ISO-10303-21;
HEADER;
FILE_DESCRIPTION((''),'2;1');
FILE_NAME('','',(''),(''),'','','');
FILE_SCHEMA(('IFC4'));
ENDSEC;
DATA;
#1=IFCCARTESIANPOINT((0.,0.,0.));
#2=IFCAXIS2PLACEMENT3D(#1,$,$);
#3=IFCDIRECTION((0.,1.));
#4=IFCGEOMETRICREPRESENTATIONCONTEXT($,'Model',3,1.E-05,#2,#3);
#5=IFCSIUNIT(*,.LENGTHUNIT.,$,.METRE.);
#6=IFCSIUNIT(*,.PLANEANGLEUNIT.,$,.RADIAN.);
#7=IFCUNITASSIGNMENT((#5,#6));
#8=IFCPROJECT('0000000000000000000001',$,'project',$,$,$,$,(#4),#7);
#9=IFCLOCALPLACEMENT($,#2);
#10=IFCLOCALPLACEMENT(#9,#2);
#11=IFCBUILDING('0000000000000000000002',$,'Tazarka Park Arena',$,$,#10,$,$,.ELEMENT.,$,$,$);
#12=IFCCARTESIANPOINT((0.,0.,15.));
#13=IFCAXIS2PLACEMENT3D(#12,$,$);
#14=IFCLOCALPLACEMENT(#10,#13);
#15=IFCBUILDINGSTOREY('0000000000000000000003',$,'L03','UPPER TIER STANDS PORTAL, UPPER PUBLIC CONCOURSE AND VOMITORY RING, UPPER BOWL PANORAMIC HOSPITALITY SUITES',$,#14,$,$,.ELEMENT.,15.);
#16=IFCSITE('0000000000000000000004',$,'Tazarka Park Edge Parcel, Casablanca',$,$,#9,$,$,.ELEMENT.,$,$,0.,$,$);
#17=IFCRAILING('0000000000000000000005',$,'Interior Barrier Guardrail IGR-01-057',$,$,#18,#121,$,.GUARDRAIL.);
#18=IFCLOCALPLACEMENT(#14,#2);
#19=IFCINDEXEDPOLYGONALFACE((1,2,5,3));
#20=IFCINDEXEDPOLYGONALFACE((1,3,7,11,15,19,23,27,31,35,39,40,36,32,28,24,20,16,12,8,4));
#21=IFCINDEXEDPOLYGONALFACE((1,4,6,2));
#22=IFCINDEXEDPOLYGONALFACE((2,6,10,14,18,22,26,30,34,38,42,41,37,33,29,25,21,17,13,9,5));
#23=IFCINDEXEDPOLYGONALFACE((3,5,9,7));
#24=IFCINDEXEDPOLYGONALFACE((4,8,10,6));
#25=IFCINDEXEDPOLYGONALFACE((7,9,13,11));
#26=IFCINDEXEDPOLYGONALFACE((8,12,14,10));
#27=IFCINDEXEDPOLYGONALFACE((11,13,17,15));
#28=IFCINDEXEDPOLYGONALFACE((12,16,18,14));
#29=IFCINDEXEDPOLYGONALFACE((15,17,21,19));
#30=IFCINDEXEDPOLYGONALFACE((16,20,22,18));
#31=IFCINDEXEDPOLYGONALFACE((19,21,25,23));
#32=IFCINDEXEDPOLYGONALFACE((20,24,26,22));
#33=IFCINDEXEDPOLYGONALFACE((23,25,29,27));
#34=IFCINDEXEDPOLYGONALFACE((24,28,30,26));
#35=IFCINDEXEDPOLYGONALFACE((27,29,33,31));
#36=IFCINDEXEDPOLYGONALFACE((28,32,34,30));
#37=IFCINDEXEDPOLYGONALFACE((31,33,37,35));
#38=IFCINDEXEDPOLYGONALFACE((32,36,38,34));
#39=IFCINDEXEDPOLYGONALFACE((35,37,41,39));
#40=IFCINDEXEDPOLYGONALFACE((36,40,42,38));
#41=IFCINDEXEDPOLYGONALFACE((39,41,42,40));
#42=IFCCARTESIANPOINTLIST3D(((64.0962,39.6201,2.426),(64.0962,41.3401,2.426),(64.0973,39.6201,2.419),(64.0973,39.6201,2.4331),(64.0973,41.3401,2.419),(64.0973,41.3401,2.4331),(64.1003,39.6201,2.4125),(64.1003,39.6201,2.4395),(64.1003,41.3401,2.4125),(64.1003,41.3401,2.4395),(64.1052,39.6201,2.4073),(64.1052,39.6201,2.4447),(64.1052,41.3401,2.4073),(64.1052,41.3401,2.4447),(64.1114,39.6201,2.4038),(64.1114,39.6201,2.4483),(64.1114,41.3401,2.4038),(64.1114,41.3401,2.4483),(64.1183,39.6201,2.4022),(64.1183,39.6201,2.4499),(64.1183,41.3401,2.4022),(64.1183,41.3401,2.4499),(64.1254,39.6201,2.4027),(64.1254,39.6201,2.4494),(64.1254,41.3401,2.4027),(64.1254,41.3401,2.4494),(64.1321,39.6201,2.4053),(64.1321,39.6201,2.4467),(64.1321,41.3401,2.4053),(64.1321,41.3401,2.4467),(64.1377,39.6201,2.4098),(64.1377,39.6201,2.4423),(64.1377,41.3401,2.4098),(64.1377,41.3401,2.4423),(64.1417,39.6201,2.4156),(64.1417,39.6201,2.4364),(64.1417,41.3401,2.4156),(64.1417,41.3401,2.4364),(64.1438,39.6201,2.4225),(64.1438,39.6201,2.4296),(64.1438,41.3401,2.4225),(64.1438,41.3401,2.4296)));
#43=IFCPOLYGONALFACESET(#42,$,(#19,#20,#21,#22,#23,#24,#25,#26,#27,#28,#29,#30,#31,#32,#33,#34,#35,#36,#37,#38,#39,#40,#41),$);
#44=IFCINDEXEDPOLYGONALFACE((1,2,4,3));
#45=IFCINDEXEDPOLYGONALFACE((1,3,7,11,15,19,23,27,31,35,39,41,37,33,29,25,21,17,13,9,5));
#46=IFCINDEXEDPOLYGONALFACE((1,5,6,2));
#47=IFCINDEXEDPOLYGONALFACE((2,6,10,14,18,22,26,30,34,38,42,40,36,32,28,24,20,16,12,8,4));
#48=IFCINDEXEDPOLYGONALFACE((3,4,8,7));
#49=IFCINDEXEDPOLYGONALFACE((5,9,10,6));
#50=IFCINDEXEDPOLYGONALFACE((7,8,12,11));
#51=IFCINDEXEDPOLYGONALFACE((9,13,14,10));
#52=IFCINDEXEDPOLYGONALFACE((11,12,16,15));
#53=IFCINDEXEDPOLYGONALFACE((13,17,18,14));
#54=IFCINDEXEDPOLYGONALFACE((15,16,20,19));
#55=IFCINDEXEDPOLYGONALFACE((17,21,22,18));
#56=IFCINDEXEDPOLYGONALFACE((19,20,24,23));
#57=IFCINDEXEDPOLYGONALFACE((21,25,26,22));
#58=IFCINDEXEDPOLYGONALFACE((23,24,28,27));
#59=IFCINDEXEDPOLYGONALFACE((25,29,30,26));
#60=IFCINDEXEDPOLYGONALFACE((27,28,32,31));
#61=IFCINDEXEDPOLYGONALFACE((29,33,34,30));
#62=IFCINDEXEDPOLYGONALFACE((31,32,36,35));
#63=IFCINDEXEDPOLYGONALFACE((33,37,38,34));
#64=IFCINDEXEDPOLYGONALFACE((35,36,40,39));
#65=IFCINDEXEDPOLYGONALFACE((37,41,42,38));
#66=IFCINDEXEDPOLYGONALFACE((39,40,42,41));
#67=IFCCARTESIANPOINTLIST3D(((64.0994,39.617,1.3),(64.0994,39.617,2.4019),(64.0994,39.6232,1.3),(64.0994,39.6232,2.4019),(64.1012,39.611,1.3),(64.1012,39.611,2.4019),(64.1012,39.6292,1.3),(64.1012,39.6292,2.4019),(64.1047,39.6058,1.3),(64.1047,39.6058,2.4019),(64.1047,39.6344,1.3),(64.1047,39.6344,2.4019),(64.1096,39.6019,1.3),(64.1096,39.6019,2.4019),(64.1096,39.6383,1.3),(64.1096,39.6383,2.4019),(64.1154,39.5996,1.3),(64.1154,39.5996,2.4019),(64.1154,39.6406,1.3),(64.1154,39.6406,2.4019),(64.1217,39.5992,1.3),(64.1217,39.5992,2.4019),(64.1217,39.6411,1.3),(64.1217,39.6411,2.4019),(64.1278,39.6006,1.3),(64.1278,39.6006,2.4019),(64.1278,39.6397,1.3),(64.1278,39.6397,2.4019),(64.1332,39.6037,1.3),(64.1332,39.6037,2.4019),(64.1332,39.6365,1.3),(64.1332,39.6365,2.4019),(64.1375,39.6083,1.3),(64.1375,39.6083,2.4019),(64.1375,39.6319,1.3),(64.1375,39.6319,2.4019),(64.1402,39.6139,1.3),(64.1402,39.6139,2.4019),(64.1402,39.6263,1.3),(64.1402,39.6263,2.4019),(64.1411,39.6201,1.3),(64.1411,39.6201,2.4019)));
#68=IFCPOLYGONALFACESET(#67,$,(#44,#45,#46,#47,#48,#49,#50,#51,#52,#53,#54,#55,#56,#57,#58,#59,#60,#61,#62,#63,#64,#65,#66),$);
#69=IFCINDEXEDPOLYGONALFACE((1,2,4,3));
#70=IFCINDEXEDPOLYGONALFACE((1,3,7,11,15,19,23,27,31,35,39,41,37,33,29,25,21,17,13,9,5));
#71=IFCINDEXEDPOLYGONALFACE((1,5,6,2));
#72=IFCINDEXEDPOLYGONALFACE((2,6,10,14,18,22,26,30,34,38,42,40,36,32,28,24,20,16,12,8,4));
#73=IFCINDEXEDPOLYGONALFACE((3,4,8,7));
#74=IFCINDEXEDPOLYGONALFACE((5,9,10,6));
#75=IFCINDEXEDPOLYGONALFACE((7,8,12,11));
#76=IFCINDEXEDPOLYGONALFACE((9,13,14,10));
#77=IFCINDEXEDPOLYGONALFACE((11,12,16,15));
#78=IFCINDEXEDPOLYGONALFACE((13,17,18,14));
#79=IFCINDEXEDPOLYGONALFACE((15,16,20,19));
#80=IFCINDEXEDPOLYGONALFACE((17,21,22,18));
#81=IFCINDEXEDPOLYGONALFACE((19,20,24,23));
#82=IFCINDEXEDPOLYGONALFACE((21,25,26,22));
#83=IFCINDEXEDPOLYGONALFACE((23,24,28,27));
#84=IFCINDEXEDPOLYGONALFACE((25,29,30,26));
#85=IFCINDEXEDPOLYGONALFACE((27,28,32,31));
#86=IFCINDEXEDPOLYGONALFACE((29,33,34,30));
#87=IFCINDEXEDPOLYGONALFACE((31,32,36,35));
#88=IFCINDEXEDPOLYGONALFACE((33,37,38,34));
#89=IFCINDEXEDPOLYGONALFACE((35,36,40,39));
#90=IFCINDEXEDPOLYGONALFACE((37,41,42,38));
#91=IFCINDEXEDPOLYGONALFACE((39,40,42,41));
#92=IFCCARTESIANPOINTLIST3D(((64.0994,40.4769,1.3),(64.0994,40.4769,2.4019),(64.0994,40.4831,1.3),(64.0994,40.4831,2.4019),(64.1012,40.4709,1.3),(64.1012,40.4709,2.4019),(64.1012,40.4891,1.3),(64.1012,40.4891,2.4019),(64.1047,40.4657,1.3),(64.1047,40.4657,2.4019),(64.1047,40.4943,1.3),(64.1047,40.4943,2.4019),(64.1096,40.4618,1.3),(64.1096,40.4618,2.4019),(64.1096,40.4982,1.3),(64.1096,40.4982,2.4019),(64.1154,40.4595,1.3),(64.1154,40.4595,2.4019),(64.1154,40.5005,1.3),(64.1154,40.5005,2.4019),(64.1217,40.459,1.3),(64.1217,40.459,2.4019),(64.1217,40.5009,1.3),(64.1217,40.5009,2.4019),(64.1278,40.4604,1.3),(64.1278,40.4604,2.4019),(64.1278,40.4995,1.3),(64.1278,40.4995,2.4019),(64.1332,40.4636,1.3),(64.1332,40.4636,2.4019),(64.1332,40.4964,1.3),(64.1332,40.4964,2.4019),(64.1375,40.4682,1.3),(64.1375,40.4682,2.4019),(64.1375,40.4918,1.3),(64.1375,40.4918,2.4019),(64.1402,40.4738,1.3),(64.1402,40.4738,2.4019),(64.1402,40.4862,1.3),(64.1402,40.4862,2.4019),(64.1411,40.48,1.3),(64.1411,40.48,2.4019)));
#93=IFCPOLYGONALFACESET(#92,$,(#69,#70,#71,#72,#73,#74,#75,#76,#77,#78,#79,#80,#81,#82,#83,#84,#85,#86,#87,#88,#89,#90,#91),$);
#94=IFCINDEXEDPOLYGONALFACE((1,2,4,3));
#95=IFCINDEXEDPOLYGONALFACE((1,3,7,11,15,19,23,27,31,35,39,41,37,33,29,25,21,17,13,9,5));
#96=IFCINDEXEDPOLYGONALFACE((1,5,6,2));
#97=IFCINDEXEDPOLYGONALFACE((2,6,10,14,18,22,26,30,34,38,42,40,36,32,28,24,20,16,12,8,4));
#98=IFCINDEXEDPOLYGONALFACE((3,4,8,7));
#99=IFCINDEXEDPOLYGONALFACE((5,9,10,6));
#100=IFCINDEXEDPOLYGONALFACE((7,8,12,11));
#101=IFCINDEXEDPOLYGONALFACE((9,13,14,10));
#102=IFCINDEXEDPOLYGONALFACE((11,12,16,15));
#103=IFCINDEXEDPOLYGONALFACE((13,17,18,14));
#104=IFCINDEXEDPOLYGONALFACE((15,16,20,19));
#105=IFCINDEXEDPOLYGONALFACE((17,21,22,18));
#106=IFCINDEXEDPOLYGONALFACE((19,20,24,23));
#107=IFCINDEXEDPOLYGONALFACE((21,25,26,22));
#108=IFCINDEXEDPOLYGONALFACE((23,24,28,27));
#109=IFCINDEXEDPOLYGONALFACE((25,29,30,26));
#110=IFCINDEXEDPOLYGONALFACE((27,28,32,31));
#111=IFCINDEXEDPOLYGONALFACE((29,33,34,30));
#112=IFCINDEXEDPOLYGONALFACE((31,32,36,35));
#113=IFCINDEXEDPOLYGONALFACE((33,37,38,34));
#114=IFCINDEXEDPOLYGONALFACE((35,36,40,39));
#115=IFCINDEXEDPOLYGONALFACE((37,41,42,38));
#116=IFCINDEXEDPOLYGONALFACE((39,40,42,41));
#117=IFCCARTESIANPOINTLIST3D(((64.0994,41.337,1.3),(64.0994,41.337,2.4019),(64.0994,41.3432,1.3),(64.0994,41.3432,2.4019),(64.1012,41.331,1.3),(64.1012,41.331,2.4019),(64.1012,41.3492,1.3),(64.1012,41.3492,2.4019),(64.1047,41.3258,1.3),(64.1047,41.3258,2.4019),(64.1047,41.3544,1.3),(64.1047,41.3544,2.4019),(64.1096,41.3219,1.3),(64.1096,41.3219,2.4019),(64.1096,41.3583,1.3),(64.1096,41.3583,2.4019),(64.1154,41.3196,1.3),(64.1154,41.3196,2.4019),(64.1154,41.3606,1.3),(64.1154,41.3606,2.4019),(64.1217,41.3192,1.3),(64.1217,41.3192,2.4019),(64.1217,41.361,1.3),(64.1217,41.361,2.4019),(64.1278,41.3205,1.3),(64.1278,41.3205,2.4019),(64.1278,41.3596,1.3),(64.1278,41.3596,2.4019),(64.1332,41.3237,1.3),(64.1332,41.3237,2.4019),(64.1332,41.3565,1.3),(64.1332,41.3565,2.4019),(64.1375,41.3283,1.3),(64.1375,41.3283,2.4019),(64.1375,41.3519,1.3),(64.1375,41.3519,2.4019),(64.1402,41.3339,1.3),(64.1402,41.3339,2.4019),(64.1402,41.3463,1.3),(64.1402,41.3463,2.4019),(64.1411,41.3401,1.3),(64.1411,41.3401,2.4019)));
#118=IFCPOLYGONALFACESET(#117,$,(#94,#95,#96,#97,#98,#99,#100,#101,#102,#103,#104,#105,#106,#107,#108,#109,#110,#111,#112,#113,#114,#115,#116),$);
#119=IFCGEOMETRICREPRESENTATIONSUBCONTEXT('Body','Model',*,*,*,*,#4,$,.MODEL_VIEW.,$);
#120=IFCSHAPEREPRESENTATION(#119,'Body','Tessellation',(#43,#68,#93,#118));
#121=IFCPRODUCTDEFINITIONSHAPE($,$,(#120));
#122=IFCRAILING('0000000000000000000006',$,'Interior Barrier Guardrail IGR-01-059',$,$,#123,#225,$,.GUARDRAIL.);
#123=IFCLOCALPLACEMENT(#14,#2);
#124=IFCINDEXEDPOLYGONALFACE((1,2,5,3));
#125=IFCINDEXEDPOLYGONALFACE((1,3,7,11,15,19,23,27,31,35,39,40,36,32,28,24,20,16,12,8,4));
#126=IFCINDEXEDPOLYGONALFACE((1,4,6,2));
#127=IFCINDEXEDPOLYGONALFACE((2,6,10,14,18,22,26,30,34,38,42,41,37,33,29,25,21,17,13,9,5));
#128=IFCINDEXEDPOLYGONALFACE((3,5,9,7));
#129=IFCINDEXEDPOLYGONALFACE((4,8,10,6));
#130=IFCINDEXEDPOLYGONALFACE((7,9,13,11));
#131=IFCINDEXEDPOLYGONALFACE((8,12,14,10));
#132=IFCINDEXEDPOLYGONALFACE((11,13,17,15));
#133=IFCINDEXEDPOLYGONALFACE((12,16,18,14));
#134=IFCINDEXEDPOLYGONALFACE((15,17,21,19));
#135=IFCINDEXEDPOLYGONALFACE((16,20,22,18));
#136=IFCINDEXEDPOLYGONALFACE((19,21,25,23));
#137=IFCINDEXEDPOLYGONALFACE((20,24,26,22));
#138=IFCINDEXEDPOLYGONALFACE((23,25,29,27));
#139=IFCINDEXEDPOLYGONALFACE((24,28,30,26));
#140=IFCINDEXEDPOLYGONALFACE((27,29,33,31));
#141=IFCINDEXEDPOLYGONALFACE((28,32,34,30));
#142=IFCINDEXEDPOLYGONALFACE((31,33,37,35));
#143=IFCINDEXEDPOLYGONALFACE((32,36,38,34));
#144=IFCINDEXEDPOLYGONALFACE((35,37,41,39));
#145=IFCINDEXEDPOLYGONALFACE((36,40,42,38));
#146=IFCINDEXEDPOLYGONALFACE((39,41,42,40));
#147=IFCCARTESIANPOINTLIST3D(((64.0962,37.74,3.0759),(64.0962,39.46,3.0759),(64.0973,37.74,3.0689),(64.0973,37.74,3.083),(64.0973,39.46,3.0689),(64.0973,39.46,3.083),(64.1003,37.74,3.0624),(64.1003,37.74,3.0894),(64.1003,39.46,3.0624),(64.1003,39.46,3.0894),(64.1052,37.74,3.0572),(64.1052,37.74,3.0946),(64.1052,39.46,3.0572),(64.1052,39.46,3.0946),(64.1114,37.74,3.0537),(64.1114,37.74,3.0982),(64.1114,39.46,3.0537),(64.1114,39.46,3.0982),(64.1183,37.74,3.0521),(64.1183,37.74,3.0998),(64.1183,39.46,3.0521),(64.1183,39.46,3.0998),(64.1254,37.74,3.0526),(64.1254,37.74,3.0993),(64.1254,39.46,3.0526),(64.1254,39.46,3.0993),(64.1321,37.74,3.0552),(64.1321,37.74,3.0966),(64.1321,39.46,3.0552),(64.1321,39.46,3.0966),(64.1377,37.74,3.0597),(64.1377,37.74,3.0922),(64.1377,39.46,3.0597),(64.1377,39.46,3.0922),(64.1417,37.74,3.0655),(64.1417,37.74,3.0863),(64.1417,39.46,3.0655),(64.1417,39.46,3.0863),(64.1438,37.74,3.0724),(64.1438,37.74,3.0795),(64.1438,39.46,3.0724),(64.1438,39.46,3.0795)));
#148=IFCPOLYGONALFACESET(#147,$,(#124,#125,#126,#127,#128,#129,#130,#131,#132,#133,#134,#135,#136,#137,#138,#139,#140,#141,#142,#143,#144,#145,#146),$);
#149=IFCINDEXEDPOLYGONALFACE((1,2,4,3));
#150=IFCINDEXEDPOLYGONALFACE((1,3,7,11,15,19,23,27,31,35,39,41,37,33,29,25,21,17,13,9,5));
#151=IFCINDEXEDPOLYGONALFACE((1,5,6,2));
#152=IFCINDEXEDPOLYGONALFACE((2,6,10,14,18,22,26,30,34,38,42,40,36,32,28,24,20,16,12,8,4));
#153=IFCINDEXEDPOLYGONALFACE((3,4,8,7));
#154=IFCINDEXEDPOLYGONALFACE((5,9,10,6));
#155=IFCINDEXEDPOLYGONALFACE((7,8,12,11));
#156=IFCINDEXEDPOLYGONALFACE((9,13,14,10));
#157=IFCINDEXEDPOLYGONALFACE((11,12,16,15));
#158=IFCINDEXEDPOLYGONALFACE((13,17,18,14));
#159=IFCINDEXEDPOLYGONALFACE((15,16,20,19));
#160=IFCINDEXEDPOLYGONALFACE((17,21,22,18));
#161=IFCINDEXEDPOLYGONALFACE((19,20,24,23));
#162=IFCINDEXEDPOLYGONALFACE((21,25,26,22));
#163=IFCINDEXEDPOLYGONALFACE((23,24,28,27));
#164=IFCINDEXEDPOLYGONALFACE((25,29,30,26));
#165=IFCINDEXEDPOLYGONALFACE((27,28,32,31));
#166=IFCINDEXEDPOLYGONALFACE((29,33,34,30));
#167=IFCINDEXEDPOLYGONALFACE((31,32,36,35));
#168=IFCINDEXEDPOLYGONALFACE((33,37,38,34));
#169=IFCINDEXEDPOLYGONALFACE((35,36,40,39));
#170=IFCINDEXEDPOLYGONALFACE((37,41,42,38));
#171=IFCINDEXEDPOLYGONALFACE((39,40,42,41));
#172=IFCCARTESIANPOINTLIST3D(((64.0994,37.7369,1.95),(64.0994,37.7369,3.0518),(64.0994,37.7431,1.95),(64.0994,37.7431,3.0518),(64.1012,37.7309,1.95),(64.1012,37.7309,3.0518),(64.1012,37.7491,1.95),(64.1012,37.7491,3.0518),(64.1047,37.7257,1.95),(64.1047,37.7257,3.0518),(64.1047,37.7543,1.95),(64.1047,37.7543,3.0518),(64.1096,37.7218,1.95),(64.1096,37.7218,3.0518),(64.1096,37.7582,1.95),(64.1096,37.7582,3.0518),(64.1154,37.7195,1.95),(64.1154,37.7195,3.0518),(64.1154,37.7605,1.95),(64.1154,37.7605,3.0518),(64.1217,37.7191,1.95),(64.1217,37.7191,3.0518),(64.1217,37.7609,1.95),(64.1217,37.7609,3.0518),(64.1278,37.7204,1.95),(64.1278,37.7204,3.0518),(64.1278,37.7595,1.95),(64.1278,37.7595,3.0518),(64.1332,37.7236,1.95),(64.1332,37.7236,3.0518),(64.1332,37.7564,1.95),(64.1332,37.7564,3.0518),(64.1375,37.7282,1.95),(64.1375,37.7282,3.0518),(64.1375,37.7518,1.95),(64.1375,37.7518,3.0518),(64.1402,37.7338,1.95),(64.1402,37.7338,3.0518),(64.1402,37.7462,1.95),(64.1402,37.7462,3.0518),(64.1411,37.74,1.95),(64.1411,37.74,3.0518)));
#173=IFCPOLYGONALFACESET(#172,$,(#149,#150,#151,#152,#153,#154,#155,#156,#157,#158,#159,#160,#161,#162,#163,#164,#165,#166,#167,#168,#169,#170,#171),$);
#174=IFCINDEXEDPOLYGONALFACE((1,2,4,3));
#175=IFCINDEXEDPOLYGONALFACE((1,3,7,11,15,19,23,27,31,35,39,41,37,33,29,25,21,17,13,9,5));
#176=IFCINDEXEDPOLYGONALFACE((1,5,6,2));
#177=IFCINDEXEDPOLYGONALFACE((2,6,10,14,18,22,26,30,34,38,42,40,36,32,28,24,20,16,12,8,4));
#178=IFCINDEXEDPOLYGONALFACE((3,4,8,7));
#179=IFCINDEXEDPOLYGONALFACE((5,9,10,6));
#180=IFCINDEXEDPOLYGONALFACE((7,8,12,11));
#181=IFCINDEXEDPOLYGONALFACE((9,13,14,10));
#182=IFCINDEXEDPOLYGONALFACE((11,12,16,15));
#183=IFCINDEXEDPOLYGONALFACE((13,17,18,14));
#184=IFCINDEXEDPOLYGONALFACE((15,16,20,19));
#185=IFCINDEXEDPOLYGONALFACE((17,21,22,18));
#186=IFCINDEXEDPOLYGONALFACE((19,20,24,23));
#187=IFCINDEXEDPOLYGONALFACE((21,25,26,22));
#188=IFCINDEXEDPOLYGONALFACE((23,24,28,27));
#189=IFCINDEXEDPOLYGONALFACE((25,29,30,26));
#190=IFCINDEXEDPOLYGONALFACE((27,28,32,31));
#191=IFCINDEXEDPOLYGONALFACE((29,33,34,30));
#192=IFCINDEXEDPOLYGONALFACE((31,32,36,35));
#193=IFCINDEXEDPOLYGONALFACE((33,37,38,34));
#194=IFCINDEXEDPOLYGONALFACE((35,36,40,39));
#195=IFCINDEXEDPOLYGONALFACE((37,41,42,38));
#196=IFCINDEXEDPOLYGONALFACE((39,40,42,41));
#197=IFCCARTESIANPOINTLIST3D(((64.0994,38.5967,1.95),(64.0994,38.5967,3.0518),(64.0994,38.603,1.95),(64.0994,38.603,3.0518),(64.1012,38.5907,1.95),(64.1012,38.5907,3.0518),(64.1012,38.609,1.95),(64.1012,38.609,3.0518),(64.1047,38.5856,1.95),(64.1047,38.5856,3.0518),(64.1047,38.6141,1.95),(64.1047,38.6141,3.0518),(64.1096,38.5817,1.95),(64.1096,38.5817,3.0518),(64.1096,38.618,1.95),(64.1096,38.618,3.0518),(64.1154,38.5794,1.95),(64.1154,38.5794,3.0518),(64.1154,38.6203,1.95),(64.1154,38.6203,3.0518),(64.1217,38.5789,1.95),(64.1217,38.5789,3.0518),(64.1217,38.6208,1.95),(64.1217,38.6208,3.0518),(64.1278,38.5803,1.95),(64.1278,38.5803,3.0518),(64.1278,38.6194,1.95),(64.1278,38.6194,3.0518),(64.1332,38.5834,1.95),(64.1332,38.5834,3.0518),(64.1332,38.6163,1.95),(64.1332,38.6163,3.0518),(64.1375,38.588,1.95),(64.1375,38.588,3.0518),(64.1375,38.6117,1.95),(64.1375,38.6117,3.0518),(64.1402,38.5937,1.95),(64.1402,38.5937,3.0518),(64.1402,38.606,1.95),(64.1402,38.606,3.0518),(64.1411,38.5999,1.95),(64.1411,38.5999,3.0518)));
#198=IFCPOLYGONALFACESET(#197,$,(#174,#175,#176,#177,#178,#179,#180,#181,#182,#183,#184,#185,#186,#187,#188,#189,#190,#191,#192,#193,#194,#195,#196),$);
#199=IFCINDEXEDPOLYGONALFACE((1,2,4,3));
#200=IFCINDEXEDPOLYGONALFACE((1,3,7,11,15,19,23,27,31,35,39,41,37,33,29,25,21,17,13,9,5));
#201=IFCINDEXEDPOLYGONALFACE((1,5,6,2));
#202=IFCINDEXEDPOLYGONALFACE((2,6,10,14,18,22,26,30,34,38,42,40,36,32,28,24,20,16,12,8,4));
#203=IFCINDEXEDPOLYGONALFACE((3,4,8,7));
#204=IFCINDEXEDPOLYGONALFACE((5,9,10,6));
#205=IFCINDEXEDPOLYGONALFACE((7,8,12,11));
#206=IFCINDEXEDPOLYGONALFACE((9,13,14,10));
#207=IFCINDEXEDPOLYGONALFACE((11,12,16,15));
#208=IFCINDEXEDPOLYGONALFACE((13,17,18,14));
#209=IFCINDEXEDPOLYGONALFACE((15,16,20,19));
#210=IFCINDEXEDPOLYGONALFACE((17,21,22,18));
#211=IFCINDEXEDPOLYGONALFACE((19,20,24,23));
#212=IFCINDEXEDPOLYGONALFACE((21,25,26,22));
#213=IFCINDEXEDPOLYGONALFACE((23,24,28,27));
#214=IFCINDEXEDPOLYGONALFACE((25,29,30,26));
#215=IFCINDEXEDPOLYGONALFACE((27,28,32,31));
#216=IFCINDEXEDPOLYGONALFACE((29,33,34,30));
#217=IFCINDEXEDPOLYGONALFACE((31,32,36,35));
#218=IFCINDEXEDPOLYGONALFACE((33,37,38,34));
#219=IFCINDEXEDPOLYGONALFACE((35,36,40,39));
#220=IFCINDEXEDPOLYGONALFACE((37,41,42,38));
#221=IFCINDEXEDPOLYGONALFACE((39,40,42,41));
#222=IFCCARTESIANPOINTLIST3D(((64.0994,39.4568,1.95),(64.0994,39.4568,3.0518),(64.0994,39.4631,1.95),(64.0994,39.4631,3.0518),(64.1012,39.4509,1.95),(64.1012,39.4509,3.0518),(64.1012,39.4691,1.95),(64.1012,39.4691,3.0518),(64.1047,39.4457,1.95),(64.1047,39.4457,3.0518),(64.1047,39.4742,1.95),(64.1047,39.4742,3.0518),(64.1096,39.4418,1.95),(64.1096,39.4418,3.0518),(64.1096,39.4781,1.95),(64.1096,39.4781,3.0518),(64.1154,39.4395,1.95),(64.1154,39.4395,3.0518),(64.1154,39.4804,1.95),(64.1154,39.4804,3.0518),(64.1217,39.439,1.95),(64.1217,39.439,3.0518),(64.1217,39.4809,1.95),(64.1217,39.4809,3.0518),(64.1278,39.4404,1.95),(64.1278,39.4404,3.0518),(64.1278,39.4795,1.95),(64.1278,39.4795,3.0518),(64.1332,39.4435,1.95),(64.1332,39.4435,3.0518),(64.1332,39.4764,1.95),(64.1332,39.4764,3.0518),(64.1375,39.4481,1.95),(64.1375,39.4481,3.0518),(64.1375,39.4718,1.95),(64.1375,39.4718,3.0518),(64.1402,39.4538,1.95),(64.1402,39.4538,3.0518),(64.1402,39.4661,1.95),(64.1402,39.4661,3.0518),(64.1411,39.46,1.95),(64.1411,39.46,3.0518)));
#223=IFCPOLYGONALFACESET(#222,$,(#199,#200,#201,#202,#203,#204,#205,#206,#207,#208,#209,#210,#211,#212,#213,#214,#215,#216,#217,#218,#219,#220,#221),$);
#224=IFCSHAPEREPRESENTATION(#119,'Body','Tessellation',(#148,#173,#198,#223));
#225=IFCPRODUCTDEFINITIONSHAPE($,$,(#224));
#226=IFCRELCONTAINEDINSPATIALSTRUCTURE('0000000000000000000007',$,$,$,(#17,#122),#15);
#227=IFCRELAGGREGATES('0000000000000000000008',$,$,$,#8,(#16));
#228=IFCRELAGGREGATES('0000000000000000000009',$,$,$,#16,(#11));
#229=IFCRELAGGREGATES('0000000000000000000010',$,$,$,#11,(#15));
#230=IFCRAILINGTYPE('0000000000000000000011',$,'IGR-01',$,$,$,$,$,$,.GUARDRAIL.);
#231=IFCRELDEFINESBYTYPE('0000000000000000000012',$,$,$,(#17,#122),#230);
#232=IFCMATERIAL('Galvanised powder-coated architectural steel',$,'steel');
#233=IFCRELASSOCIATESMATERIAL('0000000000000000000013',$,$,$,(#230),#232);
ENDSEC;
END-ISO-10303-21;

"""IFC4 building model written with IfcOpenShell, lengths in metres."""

from ifc_helpers import new_model, si_unit, direction, frame, origin, origin_2d, place, context, subcontext, project, spatial, circle, extrude, material, type_object, element, save


model = new_model("IFC4")

# Units and contexts
model_context = context("Model", 3, precision=1e-05, world=origin(), true_north=direction((0.0, 1.0)))
body_context = subcontext(model_context, "Body", "Model", "MODEL_VIEW")
ifc_project = project(units=[si_unit("LENGTHUNIT", "METRE"), si_unit("PLANEANGLEUNIT", "RADIAN")], contexts=[model_context])

# Site, building, storey
site_placement = place(None, origin())
site = spatial("IfcSite", under=ifc_project, at=site_placement, Name="Tazarka Park Edge Parcel, Casablanca", CompositionType="ELEMENT", RefElevation=0.0)
building_placement = place(site_placement, origin())
building = spatial("IfcBuilding", under=site, at=building_placement, Name="Tazarka Park Arena", CompositionType="ELEMENT")
storey_placement = place(building_placement, frame((0.0, 0.0, 15.0)))
storey = spatial("IfcBuildingStorey", under=building, at=storey_placement, Name="L03", Description="UPPER TIER STANDS PORTAL, UPPER PUBLIC CONCOURSE AND VOMITORY RING, UPPER BOWL PANORAMIC HOSPITALITY SUITES", CompositionType="ELEMENT", Elevation=15.0)

# Railings
ifc_material_1 = material(Name="Galvanised powder-coated architectural steel", Category="steel")
railing_type_1 = type_object("IfcRailingType", Name="IGR-01", PredefinedType="GUARDRAIL", material=ifc_material_1)
for number, where, name in (
    (1, (64.1201, 39.6201, 1.3), "Interior Barrier Guardrail IGR-01-057"),
    (2, (64.1201, 37.74, 1.95), "Interior Barrier Guardrail IGR-01-059"),
):
    element("IfcRailing", number, at=place(storey_placement, frame(where)), inside=storey, type_object=railing_type_1, Name=name, PredefinedType="GUARDRAIL", context=body_context, shape_type="SweptSolid", body=[
        extrude(circle(Radius=0.0239, at=origin_2d()), frame((0.0, 0.0, 1.126), z_axis=(0.0, 1.0, 0.0), x_axis=(-1.0, 0.0, 0.0)), (0.0, 0.0, 1.0), 1.72),
        extrude(circle(Radius=0.021, at=origin_2d()), origin(), (0.0, 0.0, 1.0), 1.1018),
        extrude(circle(Radius=0.021, at=origin_2d()), frame((0.0, 0.8599, 0.0)), (0.0, 0.0, 1.0), 1.1018),
        extrude(circle(Radius=0.021, at=origin_2d()), frame((0.0, 1.72, 0.0)), (0.0, 0.0, 1.0), 1.1018),
    ])

save(model, "model.ifc")
